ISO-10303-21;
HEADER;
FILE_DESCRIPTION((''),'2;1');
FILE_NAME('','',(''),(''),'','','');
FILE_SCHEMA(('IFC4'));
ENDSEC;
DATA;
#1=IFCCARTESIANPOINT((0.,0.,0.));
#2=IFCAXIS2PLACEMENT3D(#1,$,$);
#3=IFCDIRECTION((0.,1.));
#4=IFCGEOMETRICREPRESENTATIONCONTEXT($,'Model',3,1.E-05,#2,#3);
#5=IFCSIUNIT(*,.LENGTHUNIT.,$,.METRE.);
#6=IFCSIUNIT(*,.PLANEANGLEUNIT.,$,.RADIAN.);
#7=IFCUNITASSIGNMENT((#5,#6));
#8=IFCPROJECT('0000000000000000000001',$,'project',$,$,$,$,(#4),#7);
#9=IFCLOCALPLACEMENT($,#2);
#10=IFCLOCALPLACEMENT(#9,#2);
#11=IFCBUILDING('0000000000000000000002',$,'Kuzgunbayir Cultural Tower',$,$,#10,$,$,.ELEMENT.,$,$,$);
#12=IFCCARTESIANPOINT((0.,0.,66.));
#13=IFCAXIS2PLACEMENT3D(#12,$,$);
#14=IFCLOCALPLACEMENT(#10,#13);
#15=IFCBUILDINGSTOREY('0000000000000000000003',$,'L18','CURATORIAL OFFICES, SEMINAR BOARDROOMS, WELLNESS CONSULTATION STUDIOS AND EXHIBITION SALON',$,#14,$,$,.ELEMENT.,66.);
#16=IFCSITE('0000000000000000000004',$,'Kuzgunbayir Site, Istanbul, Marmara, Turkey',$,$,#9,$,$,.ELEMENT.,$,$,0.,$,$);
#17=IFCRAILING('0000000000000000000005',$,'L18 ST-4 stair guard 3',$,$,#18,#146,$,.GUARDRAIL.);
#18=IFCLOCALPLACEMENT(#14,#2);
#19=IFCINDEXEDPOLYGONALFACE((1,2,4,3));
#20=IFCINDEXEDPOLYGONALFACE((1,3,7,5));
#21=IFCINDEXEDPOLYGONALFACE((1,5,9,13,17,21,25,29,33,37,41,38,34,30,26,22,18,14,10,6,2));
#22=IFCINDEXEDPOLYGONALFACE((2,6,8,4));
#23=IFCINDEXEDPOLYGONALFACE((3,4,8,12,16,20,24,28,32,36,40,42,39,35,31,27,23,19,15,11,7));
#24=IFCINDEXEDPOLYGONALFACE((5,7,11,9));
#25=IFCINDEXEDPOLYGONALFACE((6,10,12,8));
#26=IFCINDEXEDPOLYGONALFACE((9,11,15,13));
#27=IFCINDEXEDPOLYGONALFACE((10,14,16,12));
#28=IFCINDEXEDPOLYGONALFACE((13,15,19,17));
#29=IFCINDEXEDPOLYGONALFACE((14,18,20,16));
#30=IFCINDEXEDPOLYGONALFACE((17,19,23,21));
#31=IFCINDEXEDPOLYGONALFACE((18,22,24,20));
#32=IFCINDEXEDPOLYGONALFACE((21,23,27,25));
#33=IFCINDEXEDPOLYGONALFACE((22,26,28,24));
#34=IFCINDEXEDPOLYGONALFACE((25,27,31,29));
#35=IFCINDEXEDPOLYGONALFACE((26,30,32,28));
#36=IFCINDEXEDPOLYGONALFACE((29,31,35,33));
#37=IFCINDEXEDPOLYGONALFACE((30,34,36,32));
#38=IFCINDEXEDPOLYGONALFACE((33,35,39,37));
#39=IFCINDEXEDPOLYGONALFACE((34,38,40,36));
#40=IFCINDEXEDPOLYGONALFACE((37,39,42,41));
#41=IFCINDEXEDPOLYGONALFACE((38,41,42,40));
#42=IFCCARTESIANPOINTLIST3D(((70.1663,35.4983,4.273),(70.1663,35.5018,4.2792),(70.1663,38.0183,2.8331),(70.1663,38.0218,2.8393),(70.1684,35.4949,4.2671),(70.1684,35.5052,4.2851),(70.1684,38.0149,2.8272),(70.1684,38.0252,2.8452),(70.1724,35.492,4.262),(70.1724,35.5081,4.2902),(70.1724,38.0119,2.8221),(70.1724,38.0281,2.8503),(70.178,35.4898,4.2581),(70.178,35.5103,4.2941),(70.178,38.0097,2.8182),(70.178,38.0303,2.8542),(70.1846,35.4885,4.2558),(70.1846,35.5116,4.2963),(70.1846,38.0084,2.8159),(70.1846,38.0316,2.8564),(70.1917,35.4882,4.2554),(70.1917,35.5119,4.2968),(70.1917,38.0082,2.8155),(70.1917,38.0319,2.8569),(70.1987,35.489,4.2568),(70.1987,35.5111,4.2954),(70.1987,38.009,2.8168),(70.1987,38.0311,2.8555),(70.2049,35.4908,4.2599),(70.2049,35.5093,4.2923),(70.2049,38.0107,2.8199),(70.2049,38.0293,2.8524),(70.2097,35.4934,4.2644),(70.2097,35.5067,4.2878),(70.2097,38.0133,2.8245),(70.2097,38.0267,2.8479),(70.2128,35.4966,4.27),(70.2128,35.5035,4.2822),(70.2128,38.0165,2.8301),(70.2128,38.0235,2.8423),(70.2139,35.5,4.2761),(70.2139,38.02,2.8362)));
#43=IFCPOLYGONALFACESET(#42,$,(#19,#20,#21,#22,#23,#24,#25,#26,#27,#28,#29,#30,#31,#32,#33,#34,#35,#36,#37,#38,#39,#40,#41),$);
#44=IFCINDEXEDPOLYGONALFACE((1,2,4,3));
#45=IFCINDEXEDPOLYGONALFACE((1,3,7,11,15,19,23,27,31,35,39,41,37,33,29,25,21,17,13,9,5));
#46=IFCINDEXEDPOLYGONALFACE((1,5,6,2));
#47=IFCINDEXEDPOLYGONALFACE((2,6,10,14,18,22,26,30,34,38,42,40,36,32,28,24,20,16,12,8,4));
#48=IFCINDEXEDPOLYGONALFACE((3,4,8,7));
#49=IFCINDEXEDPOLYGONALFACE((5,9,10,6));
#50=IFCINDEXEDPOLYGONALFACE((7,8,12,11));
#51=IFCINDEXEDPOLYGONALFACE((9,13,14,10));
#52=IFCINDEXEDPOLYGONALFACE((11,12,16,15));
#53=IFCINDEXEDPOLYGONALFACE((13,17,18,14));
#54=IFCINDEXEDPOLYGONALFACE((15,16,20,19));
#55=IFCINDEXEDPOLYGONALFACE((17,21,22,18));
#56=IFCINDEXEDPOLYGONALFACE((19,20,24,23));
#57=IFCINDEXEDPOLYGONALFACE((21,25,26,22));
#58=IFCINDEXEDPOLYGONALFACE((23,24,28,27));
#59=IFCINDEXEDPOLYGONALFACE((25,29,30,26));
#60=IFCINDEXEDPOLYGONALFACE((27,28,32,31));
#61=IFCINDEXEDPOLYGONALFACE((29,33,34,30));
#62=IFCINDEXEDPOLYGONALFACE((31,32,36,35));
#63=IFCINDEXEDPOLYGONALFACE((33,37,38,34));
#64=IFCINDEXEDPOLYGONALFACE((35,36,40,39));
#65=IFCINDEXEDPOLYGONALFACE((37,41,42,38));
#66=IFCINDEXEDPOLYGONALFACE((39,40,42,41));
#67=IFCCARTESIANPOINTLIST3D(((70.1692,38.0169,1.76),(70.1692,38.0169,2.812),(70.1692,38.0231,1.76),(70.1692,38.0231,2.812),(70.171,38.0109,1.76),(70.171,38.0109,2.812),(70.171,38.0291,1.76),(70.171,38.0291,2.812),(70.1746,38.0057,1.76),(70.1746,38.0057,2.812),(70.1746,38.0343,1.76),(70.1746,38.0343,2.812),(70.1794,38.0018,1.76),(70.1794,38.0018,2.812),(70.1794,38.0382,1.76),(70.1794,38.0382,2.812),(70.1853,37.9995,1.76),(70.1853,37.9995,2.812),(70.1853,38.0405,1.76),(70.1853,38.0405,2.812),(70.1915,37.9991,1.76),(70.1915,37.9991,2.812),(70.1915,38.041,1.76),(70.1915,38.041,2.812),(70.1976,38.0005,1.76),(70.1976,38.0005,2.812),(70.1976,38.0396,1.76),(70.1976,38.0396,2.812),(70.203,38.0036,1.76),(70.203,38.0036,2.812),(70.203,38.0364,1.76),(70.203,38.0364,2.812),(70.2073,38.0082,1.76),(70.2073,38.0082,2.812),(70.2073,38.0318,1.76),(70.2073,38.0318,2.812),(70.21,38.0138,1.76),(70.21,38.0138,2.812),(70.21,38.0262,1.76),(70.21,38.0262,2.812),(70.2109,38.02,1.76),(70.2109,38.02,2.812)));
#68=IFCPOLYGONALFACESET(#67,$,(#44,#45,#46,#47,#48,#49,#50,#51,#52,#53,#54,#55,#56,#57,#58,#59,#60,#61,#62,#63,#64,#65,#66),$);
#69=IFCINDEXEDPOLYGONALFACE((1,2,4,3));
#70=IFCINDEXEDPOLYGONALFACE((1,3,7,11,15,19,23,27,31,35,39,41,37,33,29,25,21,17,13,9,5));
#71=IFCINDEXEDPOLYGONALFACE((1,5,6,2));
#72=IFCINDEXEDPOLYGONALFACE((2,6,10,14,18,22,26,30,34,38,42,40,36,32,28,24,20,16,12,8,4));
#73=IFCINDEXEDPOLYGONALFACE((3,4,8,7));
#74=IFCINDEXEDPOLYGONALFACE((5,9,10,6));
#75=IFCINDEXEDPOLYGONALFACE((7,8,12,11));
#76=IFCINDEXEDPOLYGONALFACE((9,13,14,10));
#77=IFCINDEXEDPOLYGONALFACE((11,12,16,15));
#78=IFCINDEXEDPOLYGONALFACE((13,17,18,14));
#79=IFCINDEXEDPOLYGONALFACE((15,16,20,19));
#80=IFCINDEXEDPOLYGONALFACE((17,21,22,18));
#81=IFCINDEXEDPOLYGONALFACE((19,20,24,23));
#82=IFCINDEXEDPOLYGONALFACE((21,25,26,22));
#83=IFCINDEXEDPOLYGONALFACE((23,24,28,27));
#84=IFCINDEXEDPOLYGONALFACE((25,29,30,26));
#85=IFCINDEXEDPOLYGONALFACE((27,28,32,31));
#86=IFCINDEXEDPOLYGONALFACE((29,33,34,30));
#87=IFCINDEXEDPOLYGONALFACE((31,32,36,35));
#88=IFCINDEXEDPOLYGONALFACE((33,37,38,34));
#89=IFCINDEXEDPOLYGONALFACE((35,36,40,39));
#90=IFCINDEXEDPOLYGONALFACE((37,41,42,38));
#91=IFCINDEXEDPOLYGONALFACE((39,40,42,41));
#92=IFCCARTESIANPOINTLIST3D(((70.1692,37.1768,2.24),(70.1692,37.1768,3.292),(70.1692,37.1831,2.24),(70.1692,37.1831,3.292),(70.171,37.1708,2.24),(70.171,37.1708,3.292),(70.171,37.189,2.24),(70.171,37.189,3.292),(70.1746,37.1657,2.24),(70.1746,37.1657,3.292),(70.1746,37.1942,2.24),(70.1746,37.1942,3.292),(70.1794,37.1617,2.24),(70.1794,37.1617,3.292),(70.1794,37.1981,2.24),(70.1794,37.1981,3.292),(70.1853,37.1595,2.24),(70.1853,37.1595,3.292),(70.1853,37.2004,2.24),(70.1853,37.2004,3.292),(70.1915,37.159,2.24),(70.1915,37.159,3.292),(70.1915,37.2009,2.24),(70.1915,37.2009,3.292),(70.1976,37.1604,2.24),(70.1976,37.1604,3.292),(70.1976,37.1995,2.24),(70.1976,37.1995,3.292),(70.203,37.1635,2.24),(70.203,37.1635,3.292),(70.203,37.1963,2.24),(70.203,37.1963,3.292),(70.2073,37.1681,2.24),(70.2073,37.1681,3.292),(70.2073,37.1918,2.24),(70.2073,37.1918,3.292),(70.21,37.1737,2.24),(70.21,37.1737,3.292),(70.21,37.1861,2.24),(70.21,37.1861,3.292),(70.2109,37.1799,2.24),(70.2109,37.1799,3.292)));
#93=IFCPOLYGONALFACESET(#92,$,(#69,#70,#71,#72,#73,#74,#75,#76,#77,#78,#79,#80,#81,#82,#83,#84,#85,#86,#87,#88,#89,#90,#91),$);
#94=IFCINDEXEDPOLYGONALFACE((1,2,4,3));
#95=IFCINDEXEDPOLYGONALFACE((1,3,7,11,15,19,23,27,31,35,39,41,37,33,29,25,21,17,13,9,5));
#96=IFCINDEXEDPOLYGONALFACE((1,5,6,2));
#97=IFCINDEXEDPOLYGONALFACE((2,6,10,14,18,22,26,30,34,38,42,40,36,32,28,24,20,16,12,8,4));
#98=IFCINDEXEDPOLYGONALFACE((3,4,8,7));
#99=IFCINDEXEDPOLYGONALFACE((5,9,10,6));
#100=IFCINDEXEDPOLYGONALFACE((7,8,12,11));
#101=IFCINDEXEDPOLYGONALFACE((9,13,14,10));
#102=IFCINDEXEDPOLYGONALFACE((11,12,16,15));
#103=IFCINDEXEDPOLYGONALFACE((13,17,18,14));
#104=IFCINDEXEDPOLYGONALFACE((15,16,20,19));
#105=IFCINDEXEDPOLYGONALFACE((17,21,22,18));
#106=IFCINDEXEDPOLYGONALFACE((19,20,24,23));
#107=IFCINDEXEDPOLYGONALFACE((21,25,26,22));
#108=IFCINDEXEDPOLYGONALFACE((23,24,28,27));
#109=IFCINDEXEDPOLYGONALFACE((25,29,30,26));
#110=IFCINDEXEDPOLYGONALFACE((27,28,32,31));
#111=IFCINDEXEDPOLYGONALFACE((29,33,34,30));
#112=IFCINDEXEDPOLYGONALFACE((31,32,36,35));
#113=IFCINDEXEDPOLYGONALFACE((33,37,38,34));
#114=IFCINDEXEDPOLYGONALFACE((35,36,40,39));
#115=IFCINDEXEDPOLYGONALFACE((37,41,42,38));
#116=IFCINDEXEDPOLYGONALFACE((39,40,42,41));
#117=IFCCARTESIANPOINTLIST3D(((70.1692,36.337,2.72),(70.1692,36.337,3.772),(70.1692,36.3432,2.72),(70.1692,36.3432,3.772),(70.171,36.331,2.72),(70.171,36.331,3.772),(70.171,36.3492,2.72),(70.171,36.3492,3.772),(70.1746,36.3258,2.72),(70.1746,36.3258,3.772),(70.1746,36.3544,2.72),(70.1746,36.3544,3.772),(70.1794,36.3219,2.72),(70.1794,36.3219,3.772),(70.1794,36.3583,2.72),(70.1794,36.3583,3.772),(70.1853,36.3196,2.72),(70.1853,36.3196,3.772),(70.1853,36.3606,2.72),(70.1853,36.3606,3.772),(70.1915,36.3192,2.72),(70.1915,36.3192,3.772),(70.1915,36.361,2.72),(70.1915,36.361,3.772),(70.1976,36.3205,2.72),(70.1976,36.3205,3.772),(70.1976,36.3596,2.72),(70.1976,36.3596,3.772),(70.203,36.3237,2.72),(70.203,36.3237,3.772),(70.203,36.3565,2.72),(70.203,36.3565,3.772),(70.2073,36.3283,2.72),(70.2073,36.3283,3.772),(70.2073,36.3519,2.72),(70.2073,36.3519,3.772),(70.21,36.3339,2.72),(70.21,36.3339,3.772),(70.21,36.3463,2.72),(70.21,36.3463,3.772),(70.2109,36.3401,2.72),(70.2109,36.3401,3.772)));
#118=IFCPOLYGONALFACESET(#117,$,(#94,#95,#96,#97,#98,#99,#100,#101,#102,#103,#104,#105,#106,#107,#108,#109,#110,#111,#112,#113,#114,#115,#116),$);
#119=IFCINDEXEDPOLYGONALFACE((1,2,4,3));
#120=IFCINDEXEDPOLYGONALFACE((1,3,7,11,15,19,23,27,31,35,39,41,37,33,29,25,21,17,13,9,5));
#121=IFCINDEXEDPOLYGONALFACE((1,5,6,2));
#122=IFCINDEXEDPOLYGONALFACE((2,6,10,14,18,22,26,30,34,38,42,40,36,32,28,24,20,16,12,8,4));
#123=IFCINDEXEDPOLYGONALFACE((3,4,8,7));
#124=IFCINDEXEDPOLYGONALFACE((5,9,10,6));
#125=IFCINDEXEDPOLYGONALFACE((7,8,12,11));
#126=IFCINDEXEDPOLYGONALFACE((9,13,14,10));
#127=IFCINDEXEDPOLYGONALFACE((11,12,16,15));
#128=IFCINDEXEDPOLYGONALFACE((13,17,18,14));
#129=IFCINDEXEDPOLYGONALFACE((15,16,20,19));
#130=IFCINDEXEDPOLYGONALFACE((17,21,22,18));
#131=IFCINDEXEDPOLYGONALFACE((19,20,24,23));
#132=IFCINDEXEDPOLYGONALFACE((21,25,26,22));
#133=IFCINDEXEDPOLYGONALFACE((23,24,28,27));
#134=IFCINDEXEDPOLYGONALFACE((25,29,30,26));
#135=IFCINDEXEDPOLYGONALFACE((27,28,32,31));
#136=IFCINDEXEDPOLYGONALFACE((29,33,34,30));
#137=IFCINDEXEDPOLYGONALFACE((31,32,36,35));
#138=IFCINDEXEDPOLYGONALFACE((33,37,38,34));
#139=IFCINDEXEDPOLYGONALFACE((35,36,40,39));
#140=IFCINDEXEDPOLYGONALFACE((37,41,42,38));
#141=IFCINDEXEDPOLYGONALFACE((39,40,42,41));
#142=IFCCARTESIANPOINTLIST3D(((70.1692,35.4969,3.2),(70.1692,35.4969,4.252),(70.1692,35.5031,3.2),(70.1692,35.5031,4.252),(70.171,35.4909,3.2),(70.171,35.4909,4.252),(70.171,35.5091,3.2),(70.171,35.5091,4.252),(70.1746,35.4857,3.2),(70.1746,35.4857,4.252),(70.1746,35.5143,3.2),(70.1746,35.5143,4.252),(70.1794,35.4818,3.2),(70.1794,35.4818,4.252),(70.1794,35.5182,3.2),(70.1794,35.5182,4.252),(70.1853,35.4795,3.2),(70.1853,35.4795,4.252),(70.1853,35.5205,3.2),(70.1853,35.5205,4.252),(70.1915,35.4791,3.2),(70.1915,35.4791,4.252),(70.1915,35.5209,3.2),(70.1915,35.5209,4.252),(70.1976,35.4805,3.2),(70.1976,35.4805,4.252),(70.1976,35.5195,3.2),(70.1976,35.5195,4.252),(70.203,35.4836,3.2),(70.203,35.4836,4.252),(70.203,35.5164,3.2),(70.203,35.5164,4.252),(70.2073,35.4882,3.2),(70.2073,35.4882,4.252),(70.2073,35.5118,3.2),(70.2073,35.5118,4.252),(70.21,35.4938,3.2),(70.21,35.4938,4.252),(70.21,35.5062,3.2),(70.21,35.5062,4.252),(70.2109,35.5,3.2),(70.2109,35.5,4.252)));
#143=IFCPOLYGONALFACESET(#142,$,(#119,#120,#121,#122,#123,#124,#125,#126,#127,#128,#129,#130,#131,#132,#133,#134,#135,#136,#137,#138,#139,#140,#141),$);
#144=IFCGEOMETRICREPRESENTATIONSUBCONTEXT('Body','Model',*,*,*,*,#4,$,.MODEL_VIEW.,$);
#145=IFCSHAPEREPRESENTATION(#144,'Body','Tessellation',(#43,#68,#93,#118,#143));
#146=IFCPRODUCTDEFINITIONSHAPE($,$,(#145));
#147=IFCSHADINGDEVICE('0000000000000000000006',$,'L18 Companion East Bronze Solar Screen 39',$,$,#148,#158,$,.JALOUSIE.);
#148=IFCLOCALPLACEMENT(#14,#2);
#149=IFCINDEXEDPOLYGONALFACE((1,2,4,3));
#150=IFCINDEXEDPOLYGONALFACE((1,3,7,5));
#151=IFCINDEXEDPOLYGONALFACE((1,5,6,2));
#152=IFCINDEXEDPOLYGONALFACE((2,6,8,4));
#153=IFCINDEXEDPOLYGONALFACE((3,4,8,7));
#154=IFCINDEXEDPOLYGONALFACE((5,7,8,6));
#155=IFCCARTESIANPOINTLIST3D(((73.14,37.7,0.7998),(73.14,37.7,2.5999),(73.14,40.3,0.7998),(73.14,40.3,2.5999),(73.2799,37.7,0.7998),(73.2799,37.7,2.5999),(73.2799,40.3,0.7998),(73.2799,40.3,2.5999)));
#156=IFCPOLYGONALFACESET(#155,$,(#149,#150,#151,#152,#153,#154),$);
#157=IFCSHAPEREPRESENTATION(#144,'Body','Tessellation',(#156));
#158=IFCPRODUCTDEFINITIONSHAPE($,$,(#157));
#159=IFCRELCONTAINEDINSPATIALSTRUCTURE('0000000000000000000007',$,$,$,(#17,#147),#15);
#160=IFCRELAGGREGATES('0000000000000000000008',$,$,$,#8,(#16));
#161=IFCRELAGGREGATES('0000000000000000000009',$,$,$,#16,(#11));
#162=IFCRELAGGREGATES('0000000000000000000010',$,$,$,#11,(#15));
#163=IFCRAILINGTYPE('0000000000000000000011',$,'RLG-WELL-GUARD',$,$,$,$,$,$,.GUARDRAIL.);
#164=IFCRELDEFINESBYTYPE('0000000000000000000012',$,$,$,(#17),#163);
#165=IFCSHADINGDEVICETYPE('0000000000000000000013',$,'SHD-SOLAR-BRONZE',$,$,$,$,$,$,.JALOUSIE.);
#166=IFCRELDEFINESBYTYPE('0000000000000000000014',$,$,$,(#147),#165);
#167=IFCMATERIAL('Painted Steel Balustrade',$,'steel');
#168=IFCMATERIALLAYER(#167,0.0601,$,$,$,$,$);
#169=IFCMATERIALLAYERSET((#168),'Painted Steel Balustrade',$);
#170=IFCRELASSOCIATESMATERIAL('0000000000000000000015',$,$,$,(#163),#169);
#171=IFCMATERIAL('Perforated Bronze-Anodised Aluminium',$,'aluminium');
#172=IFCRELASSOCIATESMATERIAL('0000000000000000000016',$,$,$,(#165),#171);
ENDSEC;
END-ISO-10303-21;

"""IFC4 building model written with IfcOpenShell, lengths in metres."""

from ifc_helpers import new_model, si_unit, direction, frame, origin, origin_2d, place, context, subcontext, project, spatial, rectangle, circle, extrude, material, layer, layer_set, type_object, element, save


model = new_model("IFC4")

# Units and contexts
model_context = context("Model", 3, precision=1e-05, world=origin(), true_north=direction((0.0, 1.0)))
body_context = subcontext(model_context, "Body", "Model", "MODEL_VIEW")
ifc_project = project(units=[si_unit("LENGTHUNIT", "METRE"), si_unit("PLANEANGLEUNIT", "RADIAN")], contexts=[model_context])

# Site, building, storey
site_placement = place(None, origin())
site = spatial("IfcSite", under=ifc_project, at=site_placement, Name="Kuzgunbayir Site, Istanbul, Marmara, Turkey", CompositionType="ELEMENT", RefElevation=0.0)
building_placement = place(site_placement, origin())
building = spatial("IfcBuilding", under=site, at=building_placement, Name="Kuzgunbayir Cultural Tower", CompositionType="ELEMENT")
storey_placement = place(building_placement, frame((0.0, 0.0, 66.0)))
storey = spatial("IfcBuildingStorey", under=building, at=storey_placement, Name="L18", Description="CURATORIAL OFFICES, SEMINAR BOARDROOMS, WELLNESS CONSULTATION STUDIOS AND EXHIBITION SALON", CompositionType="ELEMENT", Elevation=66.0)

# Railing
ifc_material_1 = material(Name="Painted Steel Balustrade", Category="steel")
ifc_layer_1 = layer(ifc_material_1, 0.0601)
ifc_layer_set_1 = layer_set([ifc_layer_1], Name="Painted Steel Balustrade")
railing_type_1 = type_object("IfcRailingType", Name="RLG-WELL-GUARD", PredefinedType="GUARDRAIL", material=ifc_layer_set_1)
railing_1_placement = place(storey_placement, frame((70.1899, 38.02, 1.76)))
element("IfcRailing", 1, at=railing_1_placement, inside=storey, type_object=railing_type_1, Name="L18 ST-4 stair guard 3", PredefinedType="GUARDRAIL", context=body_context, shape_type="SweptSolid", body=[
    extrude(circle(Radius=0.0239, at=origin_2d()), frame((0.0, 0.0, 1.0762), z_axis=(0.0, -0.868253, 0.496121), x_axis=(1.0, 0.0, 0.0)), (0.0, 0.0, 1.0), 2.9023),
    extrude(circle(Radius=0.021, at=origin_2d()), origin(), (0.0, 0.0, 1.0), 1.052),
    extrude(circle(Radius=0.021, at=origin_2d()), frame((0.0, -0.8401, 0.48)), (0.0, 0.0, 1.0), 1.052),
    extrude(circle(Radius=0.021, at=origin_2d()), frame((0.0, -1.6799, 0.96)), (0.0, 0.0, 1.0), 1.052),
    extrude(circle(Radius=0.021, at=origin_2d()), frame((0.0, -2.52, 1.4399)), (0.0, 0.0, 1.0), 1.052),
])

# Shading device
ifc_material_2 = material(Name="Perforated Bronze-Anodised Aluminium", Category="aluminium")
shading_device_type = type_object("IfcShadingDeviceType", Name="SHD-SOLAR-BRONZE", PredefinedType="JALOUSIE", material=ifc_material_2)
shading_device_placement = place(storey_placement, frame((73.21, 39.0, 0.7998), z_axis=(0.0, 0.0, 1.0), x_axis=(1.0, 0.0, 0.0)))
element("IfcShadingDevice", 2, at=shading_device_placement, inside=storey, type_object=shading_device_type, Name="L18 Companion East Bronze Solar Screen 39", PredefinedType="JALOUSIE", context=body_context, shape_type="SweptSolid", body=[
    extrude(rectangle(XDim=0.1399, YDim=2.6001, at=origin_2d()), origin(), (0.0, 0.0, 1.0), 1.8),
])

save(model, "model.ifc")
